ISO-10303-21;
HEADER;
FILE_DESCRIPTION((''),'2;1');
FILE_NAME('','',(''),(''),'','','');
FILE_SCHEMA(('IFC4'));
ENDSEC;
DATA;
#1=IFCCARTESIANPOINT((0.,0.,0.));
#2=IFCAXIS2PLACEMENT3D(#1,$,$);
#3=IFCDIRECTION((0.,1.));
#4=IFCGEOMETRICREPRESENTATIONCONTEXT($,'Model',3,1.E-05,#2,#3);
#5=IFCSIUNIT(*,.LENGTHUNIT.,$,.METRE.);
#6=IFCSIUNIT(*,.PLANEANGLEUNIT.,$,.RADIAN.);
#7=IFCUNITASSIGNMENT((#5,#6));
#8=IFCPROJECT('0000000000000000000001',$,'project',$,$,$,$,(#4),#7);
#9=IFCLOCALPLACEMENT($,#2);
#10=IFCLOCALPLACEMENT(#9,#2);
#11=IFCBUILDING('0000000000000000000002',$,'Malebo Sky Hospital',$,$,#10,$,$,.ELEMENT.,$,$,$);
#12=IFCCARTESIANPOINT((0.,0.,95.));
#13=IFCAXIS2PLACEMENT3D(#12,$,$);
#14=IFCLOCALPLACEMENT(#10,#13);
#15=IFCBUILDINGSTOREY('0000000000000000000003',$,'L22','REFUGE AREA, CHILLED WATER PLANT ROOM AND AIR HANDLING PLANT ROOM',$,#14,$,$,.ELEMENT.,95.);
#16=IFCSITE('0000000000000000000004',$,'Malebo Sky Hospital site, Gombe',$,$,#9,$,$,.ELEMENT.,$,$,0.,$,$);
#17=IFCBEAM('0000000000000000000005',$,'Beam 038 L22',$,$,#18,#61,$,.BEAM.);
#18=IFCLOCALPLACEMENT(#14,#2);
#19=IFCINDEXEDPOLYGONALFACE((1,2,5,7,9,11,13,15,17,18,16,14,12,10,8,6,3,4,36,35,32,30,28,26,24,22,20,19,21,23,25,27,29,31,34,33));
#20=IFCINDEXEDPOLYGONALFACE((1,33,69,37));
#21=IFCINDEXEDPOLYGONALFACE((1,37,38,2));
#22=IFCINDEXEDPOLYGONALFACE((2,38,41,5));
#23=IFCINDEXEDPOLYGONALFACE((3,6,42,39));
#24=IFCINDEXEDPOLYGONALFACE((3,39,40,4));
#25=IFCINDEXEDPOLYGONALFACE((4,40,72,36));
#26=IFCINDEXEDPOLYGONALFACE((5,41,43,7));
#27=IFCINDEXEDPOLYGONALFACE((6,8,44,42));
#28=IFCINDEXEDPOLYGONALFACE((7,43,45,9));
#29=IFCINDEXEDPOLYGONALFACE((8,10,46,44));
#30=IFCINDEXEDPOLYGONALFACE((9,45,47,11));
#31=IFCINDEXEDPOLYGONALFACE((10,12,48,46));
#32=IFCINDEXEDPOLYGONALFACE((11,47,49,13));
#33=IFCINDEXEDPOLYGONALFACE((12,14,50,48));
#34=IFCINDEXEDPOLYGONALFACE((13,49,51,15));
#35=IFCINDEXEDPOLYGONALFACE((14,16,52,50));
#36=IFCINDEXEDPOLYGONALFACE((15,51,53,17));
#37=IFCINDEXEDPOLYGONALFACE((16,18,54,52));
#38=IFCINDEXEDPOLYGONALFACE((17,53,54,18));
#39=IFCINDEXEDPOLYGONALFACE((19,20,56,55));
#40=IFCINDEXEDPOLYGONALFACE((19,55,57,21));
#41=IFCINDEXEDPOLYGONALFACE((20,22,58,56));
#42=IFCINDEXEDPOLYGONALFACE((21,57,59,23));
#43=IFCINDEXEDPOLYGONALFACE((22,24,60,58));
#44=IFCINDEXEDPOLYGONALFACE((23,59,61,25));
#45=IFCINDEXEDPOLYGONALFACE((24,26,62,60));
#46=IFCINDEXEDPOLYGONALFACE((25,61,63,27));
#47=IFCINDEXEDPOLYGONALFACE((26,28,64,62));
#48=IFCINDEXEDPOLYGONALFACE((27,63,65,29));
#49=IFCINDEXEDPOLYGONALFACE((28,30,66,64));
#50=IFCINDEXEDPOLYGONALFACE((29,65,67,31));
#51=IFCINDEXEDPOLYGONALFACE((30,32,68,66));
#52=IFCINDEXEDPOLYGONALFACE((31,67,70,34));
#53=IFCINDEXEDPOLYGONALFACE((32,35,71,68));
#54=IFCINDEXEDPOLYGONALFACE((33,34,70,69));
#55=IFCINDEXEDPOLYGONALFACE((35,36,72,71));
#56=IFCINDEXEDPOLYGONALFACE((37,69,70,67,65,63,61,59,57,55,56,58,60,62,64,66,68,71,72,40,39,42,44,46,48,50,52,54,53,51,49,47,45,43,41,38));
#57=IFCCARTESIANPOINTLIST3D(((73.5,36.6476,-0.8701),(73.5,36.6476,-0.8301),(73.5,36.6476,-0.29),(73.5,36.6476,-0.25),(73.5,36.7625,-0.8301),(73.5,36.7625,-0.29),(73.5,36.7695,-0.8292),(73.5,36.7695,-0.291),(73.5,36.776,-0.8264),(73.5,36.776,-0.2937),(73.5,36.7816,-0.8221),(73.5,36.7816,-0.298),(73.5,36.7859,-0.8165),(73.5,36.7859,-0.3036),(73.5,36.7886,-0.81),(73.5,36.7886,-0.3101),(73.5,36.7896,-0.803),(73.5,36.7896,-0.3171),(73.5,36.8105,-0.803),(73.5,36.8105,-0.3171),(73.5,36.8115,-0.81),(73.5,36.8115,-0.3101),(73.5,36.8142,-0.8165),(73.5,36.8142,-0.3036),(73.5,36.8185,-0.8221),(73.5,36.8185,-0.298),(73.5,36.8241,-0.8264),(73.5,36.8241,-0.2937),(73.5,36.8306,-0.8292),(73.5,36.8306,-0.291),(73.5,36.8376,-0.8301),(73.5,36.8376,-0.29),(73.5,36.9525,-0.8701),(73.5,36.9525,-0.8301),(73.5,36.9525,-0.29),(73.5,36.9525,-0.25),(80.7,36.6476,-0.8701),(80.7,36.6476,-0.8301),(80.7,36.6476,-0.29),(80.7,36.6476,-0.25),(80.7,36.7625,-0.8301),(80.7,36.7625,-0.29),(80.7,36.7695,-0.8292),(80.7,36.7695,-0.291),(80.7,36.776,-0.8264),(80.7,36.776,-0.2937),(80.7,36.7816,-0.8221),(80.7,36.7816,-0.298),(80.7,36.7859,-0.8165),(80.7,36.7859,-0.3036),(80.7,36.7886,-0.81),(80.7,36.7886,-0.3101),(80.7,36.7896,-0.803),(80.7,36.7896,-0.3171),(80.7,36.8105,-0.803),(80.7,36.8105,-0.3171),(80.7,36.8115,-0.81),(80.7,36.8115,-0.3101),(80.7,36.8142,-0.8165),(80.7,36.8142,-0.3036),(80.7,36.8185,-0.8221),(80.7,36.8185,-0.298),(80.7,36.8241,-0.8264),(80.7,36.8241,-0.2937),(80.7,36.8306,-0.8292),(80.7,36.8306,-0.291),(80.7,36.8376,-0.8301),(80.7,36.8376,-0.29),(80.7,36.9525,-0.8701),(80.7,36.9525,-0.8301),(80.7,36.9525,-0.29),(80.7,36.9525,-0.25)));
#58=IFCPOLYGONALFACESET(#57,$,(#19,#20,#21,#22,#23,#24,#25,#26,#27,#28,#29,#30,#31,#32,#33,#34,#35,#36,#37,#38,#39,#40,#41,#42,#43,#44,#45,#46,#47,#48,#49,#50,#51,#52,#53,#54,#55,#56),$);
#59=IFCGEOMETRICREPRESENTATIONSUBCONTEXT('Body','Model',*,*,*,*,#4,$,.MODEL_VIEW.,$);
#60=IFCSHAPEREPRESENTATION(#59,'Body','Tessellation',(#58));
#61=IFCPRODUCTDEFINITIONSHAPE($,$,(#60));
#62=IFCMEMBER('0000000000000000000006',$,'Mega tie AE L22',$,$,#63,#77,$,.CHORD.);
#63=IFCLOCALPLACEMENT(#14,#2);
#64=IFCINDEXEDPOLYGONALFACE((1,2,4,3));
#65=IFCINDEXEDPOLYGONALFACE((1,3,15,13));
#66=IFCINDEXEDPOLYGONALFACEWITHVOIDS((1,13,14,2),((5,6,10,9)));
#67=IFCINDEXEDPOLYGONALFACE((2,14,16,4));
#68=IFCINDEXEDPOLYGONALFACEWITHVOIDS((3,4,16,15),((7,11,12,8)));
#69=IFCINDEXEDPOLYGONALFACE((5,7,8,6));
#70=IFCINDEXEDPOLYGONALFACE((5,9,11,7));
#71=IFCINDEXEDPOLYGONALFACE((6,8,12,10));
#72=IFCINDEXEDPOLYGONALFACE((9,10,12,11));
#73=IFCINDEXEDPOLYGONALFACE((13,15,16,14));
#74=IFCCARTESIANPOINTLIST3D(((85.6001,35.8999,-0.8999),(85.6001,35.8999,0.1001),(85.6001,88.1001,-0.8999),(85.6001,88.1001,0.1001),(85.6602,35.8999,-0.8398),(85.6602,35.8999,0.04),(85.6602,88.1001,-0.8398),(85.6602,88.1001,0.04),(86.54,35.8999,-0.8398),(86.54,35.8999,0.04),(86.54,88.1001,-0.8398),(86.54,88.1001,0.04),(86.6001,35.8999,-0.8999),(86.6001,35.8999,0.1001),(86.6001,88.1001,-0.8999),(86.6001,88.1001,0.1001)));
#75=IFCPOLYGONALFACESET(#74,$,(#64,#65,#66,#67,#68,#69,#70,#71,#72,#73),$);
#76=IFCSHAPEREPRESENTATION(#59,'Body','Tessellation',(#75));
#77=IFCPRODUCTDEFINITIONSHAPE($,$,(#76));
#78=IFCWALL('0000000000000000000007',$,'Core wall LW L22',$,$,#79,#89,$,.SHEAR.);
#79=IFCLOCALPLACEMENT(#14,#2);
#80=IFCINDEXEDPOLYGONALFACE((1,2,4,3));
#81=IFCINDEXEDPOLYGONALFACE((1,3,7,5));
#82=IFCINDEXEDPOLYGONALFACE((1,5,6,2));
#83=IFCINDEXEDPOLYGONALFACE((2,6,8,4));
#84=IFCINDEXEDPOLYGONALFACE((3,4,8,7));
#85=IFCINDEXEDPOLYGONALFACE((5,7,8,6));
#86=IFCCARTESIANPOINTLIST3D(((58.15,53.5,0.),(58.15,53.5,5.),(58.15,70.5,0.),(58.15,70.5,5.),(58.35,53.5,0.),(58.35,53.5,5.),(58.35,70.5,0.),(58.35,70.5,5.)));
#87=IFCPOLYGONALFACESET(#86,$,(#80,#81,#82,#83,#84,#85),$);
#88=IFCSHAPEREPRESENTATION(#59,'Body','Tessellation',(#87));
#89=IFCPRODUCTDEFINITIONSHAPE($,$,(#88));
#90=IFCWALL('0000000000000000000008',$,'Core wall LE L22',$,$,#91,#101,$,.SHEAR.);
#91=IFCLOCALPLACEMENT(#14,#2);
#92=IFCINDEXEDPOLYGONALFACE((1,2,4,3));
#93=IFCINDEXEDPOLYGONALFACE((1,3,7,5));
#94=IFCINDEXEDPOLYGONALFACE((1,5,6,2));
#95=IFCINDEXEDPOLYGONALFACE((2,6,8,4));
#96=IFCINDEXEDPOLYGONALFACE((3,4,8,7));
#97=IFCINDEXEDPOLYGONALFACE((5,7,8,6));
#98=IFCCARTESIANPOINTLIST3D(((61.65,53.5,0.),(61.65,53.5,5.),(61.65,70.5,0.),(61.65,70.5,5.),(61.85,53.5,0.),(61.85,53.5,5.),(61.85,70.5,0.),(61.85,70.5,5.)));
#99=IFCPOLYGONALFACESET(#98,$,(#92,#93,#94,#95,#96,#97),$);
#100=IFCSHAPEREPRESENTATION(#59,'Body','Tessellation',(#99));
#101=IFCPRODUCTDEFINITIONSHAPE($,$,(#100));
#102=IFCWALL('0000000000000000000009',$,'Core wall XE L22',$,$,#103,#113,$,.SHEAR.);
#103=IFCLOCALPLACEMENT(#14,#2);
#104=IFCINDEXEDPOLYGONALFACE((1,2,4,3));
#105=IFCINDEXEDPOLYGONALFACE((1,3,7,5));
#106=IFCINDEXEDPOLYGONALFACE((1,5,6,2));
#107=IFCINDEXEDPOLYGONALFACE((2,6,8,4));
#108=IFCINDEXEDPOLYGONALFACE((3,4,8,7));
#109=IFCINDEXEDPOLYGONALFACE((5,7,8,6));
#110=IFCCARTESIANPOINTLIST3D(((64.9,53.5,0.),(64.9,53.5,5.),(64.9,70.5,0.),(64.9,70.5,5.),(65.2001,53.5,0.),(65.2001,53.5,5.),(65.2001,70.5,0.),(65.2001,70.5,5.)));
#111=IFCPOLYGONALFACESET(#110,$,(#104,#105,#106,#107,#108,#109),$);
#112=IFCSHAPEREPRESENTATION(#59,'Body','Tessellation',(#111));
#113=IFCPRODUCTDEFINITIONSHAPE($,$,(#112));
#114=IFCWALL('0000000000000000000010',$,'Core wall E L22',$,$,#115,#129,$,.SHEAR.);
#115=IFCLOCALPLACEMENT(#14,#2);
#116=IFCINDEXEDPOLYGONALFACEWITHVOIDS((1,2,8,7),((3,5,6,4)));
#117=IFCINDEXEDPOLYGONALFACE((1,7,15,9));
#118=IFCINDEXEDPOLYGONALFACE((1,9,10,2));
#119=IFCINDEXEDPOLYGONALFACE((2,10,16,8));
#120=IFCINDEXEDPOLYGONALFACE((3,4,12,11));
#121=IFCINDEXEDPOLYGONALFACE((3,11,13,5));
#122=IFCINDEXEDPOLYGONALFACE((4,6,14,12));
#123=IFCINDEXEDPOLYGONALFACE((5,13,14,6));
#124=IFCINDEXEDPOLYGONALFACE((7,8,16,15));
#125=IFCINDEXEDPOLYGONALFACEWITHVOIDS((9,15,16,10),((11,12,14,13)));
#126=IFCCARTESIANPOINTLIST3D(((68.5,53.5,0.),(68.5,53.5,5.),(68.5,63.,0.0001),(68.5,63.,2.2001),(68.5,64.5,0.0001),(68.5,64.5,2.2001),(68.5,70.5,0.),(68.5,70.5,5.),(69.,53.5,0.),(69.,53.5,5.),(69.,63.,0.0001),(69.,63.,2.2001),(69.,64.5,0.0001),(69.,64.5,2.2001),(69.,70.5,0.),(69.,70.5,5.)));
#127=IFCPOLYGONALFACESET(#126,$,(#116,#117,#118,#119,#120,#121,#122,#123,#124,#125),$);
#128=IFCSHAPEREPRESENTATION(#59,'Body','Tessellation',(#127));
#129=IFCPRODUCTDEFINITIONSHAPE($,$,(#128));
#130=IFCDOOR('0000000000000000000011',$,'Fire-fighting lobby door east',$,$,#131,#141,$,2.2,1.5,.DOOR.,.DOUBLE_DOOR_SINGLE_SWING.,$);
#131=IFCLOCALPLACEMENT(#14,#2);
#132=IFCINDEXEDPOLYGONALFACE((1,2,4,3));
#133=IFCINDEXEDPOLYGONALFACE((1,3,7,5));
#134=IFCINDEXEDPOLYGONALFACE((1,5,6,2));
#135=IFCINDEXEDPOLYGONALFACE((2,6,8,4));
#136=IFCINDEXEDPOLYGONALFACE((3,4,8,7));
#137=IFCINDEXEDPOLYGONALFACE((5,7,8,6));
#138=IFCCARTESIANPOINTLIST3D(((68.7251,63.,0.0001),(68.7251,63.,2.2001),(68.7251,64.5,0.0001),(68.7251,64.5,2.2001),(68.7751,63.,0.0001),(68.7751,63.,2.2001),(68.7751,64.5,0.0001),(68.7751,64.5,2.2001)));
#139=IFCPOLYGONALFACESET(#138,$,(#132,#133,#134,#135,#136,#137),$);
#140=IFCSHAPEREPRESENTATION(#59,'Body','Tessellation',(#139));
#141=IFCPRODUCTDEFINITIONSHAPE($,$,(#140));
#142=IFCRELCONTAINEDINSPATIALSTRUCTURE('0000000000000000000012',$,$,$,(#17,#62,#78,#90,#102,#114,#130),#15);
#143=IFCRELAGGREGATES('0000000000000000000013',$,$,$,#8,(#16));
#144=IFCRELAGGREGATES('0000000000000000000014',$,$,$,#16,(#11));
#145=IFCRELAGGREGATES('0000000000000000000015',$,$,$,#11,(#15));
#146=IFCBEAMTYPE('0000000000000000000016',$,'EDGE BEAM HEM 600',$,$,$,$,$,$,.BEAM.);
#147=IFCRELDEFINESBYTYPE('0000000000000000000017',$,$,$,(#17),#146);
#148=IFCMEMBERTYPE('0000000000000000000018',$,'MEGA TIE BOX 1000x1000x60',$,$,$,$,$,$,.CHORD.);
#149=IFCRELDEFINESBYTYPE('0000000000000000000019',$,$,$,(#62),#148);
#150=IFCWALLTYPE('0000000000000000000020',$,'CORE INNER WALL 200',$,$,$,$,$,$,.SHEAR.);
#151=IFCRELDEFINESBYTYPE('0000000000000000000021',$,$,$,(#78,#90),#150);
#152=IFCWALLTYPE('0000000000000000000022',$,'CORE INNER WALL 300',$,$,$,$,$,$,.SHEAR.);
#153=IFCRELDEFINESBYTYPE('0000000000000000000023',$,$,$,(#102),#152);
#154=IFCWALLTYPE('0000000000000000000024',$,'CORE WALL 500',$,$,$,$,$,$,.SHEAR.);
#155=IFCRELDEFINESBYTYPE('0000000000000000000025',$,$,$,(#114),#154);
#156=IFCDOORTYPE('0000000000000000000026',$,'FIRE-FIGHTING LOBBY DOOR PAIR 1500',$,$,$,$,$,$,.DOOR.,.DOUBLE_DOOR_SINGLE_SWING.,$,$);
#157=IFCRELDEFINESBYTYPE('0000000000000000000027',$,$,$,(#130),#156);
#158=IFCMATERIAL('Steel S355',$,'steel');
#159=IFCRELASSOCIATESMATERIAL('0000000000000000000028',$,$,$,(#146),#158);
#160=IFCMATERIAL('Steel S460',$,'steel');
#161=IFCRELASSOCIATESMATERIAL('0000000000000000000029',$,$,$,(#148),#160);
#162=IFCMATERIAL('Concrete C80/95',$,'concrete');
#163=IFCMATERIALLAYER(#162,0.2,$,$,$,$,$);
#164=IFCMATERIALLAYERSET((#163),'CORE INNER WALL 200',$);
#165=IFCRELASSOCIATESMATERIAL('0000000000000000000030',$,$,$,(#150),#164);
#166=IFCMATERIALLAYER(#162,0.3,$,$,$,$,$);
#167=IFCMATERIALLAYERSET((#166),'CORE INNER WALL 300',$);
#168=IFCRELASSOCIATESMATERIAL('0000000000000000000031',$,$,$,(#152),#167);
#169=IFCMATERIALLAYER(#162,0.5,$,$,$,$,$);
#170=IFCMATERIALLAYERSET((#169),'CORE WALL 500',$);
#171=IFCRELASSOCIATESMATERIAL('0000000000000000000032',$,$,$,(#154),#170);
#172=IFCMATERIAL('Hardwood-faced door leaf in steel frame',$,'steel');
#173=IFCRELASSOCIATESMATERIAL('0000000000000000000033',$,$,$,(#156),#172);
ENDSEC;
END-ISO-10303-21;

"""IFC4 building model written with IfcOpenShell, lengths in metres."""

from ifc_helpers import new_model, si_unit, direction, frame, frame_2d, origin, origin_2d, place, context, subcontext, project, spatial, rectangle, hollow_rectangle, i_section, extrude, material, layer, layer_set, material_profile, profile_set, type_object, element, fill, save


model = new_model("IFC4")

# Units and contexts
model_context = context("Model", 3, precision=1e-05, world=origin(), true_north=direction((0.0, 1.0)))
body_context = subcontext(model_context, "Body", "Model", "MODEL_VIEW")
ifc_project = project(units=[si_unit("LENGTHUNIT", "METRE"), si_unit("PLANEANGLEUNIT", "RADIAN")], contexts=[model_context])

# Site, building, storey
site_placement = place(None, origin())
site = spatial("IfcSite", under=ifc_project, at=site_placement, Name="Malebo Sky Hospital site, Gombe", CompositionType="ELEMENT", RefElevation=0.0)
building_placement = place(site_placement, origin())
building = spatial("IfcBuilding", under=site, at=building_placement, Name="Malebo Sky Hospital", CompositionType="ELEMENT")
storey_placement = place(building_placement, frame((0.0, 0.0, 95.0)))
storey = spatial("IfcBuildingStorey", under=building, at=storey_placement, Name="L22", Description="REFUGE AREA, CHILLED WATER PLANT ROOM AND AIR HANDLING PLANT ROOM", CompositionType="ELEMENT", Elevation=95.0)

# Shared definitions
ifc_material_1 = material(Name="Steel S460", Category="steel")

# Beam
ifc_material_2 = material(Name="Steel S355", Category="steel")
ifc_material_profile_1 = material_profile(ifc_material_2, i_section(OverallWidth=0.3049, OverallDepth=0.6201, WebThickness=0.021, FlangeThickness=0.04, FilletRadius=0.0271, at=origin_2d()), Name="HEM 600")
ifc_profile_set_1 = profile_set([ifc_material_profile_1], Name="Steel S355")
beam_type = type_object("IfcBeamType", Name="EDGE BEAM HEM 600", PredefinedType="BEAM", material=ifc_profile_set_1)
beam_1_placement = place(storey_placement, frame((73.5, 36.8, -0.5601), z_axis=(1.0, 0.0, 0.0), x_axis=(0.0, 1.0, 0.0)))
element("IfcBeam", 1, at=beam_1_placement, inside=storey, type_object=beam_type, Name="Beam 038 L22", PredefinedType="BEAM", context=body_context, shape_type="SweptSolid", body=[
    extrude(i_section(OverallWidth=0.3049, OverallDepth=0.6201, WebThickness=0.021, FlangeThickness=0.04, FilletRadius=0.0271, at=origin_2d()), origin(), (0.0, 0.0, 1.0), 7.2),
])

# Member
ifc_material_profile_2 = material_profile(ifc_material_1, hollow_rectangle(XDim=1.0, YDim=1.0, WallThickness=0.0601, at=origin_2d()), Name="BOX 1000x1000x60")
ifc_profile_set_2 = profile_set([ifc_material_profile_2], Name="Steel S460")
member_type_1 = type_object("IfcMemberType", Name="MEGA TIE BOX 1000x1000x60", PredefinedType="CHORD", material=ifc_profile_set_2)
member_1_placement = place(storey_placement, frame((86.1001, 35.8999, -0.3999), z_axis=(0.0, 1.0, 0.0), x_axis=(-1.0, 0.0, 0.0)))
element("IfcMember", 2, at=member_1_placement, inside=storey, type_object=member_type_1, Name="Mega tie AE L22", PredefinedType="CHORD", context=body_context, shape_type="SweptSolid", body=[
    extrude(hollow_rectangle(XDim=1.0, YDim=1.0, WallThickness=0.0601, at=origin_2d()), origin(), (0.0, 0.0, 1.0), 52.2002),
])

# Walls
ifc_material_3 = material(Name="Concrete C80/95", Category="concrete")
ifc_layer_1 = layer(ifc_material_3, 0.2)
ifc_layer_set_1 = layer_set([ifc_layer_1], Name="CORE INNER WALL 200")
wall_type_1 = type_object("IfcWallType", Name="CORE INNER WALL 200", PredefinedType="SHEAR", material=ifc_layer_set_1)
for number, where, z_axis, x_axis, name in (
    (3, (58.25, 53.5, 0.0), (0.0, 0.0, 1.0), (0.0, 1.0, 0.0), "Core wall LW L22"),
    (4, (61.75, 53.5, 0.0), (0.0, 0.0, 1.0), (0.0, 1.0, 0.0), "Core wall LE L22"),
):
    element("IfcWall", number, at=place(storey_placement, frame(where, z_axis=z_axis, x_axis=x_axis)), inside=storey, type_object=wall_type_1, Name=name, PredefinedType="SHEAR", context=body_context, shape_type="SweptSolid", body=[
        extrude(rectangle(XDim=17.0, YDim=0.2, at=frame_2d((8.5, 0.0))), origin(), (0.0, 0.0, 1.0), 5.0),
    ])
ifc_layer_2 = layer(ifc_material_3, 0.3)
ifc_layer_set_2 = layer_set([ifc_layer_2], Name="CORE INNER WALL 300")
wall_type_2 = type_object("IfcWallType", Name="CORE INNER WALL 300", PredefinedType="SHEAR", material=ifc_layer_set_2)
wall_1_placement = place(storey_placement, frame((65.05, 53.5, 0.0), z_axis=(0.0, 0.0, 1.0), x_axis=(0.0, 1.0, 0.0)))
element("IfcWall", 5, at=wall_1_placement, inside=storey, type_object=wall_type_2, Name="Core wall XE L22", PredefinedType="SHEAR", context=body_context, shape_type="SweptSolid", body=[
    extrude(rectangle(XDim=17.0, YDim=0.3, at=frame_2d((8.5, 0.0))), origin(), (0.0, 0.0, 1.0), 5.0),
])

# Wall, opening, door
ifc_layer_3 = layer(ifc_material_3, 0.5)
ifc_layer_set_3 = layer_set([ifc_layer_3], Name="CORE WALL 500")
wall_type_3 = type_object("IfcWallType", Name="CORE WALL 500", PredefinedType="SHEAR", material=ifc_layer_set_3)
wall_2_placement = place(storey_placement, frame((68.75, 53.5, 0.0), z_axis=(0.0, 0.0, 1.0), x_axis=(0.0, 1.0, 0.0)))
wall_2 = element("IfcWall", 6, at=wall_2_placement, inside=storey, type_object=wall_type_3, Name="Core wall E L22", PredefinedType="SHEAR", context=body_context, shape_type="SweptSolid", body=[
    extrude(rectangle(XDim=17.0, YDim=0.5, at=frame_2d((8.5, 0.0))), origin(), (0.0, 0.0, 1.0), 5.0),
])
opening_placement = place(wall_2_placement, frame((9.5, 0.0, 0.0)))
opening = element("IfcOpeningElement", 7, at=opening_placement, cuts=wall_2, PredefinedType="OPENING", context=body_context, shape_type="SweptSolid", body=[
    extrude(rectangle(XDim=1.5, YDim=2.2, at=frame_2d((0.75, 1.1001))), frame((0.0, 0.26, 0.0), z_axis=(0.0, -1.0, 0.0), x_axis=(1.0, 0.0, 0.0)), (0.0, 0.0, 1.0), 0.52),
])
ifc_material_4 = material(Name="Hardwood-faced door leaf in steel frame", Category="steel")
door_type = type_object("IfcDoorType", Name="FIRE-FIGHTING LOBBY DOOR PAIR 1500", OperationType="DOUBLE_DOOR_SINGLE_SWING", PredefinedType="DOOR", material=ifc_material_4)
door_placement = place(opening_placement, origin())
door = element("IfcDoor", 8, at=door_placement, inside=storey, type_object=door_type, Name="Fire-fighting lobby door east", OperationType="DOUBLE_DOOR_SINGLE_SWING", OverallHeight=2.2, OverallWidth=1.5, PredefinedType="DOOR", context=body_context, shape_type="SweptSolid", body=[
    extrude(rectangle(XDim=1.5, YDim=2.2, at=frame_2d((0.75, 1.1001))), frame((0.0, 0.0249, 0.0), z_axis=(0.0, -1.0, 0.0), x_axis=(1.0, 0.0, 0.0)), (0.0, 0.0, 1.0), 0.05),
])
fill(opening, door)

save(model, "model.ifc")
